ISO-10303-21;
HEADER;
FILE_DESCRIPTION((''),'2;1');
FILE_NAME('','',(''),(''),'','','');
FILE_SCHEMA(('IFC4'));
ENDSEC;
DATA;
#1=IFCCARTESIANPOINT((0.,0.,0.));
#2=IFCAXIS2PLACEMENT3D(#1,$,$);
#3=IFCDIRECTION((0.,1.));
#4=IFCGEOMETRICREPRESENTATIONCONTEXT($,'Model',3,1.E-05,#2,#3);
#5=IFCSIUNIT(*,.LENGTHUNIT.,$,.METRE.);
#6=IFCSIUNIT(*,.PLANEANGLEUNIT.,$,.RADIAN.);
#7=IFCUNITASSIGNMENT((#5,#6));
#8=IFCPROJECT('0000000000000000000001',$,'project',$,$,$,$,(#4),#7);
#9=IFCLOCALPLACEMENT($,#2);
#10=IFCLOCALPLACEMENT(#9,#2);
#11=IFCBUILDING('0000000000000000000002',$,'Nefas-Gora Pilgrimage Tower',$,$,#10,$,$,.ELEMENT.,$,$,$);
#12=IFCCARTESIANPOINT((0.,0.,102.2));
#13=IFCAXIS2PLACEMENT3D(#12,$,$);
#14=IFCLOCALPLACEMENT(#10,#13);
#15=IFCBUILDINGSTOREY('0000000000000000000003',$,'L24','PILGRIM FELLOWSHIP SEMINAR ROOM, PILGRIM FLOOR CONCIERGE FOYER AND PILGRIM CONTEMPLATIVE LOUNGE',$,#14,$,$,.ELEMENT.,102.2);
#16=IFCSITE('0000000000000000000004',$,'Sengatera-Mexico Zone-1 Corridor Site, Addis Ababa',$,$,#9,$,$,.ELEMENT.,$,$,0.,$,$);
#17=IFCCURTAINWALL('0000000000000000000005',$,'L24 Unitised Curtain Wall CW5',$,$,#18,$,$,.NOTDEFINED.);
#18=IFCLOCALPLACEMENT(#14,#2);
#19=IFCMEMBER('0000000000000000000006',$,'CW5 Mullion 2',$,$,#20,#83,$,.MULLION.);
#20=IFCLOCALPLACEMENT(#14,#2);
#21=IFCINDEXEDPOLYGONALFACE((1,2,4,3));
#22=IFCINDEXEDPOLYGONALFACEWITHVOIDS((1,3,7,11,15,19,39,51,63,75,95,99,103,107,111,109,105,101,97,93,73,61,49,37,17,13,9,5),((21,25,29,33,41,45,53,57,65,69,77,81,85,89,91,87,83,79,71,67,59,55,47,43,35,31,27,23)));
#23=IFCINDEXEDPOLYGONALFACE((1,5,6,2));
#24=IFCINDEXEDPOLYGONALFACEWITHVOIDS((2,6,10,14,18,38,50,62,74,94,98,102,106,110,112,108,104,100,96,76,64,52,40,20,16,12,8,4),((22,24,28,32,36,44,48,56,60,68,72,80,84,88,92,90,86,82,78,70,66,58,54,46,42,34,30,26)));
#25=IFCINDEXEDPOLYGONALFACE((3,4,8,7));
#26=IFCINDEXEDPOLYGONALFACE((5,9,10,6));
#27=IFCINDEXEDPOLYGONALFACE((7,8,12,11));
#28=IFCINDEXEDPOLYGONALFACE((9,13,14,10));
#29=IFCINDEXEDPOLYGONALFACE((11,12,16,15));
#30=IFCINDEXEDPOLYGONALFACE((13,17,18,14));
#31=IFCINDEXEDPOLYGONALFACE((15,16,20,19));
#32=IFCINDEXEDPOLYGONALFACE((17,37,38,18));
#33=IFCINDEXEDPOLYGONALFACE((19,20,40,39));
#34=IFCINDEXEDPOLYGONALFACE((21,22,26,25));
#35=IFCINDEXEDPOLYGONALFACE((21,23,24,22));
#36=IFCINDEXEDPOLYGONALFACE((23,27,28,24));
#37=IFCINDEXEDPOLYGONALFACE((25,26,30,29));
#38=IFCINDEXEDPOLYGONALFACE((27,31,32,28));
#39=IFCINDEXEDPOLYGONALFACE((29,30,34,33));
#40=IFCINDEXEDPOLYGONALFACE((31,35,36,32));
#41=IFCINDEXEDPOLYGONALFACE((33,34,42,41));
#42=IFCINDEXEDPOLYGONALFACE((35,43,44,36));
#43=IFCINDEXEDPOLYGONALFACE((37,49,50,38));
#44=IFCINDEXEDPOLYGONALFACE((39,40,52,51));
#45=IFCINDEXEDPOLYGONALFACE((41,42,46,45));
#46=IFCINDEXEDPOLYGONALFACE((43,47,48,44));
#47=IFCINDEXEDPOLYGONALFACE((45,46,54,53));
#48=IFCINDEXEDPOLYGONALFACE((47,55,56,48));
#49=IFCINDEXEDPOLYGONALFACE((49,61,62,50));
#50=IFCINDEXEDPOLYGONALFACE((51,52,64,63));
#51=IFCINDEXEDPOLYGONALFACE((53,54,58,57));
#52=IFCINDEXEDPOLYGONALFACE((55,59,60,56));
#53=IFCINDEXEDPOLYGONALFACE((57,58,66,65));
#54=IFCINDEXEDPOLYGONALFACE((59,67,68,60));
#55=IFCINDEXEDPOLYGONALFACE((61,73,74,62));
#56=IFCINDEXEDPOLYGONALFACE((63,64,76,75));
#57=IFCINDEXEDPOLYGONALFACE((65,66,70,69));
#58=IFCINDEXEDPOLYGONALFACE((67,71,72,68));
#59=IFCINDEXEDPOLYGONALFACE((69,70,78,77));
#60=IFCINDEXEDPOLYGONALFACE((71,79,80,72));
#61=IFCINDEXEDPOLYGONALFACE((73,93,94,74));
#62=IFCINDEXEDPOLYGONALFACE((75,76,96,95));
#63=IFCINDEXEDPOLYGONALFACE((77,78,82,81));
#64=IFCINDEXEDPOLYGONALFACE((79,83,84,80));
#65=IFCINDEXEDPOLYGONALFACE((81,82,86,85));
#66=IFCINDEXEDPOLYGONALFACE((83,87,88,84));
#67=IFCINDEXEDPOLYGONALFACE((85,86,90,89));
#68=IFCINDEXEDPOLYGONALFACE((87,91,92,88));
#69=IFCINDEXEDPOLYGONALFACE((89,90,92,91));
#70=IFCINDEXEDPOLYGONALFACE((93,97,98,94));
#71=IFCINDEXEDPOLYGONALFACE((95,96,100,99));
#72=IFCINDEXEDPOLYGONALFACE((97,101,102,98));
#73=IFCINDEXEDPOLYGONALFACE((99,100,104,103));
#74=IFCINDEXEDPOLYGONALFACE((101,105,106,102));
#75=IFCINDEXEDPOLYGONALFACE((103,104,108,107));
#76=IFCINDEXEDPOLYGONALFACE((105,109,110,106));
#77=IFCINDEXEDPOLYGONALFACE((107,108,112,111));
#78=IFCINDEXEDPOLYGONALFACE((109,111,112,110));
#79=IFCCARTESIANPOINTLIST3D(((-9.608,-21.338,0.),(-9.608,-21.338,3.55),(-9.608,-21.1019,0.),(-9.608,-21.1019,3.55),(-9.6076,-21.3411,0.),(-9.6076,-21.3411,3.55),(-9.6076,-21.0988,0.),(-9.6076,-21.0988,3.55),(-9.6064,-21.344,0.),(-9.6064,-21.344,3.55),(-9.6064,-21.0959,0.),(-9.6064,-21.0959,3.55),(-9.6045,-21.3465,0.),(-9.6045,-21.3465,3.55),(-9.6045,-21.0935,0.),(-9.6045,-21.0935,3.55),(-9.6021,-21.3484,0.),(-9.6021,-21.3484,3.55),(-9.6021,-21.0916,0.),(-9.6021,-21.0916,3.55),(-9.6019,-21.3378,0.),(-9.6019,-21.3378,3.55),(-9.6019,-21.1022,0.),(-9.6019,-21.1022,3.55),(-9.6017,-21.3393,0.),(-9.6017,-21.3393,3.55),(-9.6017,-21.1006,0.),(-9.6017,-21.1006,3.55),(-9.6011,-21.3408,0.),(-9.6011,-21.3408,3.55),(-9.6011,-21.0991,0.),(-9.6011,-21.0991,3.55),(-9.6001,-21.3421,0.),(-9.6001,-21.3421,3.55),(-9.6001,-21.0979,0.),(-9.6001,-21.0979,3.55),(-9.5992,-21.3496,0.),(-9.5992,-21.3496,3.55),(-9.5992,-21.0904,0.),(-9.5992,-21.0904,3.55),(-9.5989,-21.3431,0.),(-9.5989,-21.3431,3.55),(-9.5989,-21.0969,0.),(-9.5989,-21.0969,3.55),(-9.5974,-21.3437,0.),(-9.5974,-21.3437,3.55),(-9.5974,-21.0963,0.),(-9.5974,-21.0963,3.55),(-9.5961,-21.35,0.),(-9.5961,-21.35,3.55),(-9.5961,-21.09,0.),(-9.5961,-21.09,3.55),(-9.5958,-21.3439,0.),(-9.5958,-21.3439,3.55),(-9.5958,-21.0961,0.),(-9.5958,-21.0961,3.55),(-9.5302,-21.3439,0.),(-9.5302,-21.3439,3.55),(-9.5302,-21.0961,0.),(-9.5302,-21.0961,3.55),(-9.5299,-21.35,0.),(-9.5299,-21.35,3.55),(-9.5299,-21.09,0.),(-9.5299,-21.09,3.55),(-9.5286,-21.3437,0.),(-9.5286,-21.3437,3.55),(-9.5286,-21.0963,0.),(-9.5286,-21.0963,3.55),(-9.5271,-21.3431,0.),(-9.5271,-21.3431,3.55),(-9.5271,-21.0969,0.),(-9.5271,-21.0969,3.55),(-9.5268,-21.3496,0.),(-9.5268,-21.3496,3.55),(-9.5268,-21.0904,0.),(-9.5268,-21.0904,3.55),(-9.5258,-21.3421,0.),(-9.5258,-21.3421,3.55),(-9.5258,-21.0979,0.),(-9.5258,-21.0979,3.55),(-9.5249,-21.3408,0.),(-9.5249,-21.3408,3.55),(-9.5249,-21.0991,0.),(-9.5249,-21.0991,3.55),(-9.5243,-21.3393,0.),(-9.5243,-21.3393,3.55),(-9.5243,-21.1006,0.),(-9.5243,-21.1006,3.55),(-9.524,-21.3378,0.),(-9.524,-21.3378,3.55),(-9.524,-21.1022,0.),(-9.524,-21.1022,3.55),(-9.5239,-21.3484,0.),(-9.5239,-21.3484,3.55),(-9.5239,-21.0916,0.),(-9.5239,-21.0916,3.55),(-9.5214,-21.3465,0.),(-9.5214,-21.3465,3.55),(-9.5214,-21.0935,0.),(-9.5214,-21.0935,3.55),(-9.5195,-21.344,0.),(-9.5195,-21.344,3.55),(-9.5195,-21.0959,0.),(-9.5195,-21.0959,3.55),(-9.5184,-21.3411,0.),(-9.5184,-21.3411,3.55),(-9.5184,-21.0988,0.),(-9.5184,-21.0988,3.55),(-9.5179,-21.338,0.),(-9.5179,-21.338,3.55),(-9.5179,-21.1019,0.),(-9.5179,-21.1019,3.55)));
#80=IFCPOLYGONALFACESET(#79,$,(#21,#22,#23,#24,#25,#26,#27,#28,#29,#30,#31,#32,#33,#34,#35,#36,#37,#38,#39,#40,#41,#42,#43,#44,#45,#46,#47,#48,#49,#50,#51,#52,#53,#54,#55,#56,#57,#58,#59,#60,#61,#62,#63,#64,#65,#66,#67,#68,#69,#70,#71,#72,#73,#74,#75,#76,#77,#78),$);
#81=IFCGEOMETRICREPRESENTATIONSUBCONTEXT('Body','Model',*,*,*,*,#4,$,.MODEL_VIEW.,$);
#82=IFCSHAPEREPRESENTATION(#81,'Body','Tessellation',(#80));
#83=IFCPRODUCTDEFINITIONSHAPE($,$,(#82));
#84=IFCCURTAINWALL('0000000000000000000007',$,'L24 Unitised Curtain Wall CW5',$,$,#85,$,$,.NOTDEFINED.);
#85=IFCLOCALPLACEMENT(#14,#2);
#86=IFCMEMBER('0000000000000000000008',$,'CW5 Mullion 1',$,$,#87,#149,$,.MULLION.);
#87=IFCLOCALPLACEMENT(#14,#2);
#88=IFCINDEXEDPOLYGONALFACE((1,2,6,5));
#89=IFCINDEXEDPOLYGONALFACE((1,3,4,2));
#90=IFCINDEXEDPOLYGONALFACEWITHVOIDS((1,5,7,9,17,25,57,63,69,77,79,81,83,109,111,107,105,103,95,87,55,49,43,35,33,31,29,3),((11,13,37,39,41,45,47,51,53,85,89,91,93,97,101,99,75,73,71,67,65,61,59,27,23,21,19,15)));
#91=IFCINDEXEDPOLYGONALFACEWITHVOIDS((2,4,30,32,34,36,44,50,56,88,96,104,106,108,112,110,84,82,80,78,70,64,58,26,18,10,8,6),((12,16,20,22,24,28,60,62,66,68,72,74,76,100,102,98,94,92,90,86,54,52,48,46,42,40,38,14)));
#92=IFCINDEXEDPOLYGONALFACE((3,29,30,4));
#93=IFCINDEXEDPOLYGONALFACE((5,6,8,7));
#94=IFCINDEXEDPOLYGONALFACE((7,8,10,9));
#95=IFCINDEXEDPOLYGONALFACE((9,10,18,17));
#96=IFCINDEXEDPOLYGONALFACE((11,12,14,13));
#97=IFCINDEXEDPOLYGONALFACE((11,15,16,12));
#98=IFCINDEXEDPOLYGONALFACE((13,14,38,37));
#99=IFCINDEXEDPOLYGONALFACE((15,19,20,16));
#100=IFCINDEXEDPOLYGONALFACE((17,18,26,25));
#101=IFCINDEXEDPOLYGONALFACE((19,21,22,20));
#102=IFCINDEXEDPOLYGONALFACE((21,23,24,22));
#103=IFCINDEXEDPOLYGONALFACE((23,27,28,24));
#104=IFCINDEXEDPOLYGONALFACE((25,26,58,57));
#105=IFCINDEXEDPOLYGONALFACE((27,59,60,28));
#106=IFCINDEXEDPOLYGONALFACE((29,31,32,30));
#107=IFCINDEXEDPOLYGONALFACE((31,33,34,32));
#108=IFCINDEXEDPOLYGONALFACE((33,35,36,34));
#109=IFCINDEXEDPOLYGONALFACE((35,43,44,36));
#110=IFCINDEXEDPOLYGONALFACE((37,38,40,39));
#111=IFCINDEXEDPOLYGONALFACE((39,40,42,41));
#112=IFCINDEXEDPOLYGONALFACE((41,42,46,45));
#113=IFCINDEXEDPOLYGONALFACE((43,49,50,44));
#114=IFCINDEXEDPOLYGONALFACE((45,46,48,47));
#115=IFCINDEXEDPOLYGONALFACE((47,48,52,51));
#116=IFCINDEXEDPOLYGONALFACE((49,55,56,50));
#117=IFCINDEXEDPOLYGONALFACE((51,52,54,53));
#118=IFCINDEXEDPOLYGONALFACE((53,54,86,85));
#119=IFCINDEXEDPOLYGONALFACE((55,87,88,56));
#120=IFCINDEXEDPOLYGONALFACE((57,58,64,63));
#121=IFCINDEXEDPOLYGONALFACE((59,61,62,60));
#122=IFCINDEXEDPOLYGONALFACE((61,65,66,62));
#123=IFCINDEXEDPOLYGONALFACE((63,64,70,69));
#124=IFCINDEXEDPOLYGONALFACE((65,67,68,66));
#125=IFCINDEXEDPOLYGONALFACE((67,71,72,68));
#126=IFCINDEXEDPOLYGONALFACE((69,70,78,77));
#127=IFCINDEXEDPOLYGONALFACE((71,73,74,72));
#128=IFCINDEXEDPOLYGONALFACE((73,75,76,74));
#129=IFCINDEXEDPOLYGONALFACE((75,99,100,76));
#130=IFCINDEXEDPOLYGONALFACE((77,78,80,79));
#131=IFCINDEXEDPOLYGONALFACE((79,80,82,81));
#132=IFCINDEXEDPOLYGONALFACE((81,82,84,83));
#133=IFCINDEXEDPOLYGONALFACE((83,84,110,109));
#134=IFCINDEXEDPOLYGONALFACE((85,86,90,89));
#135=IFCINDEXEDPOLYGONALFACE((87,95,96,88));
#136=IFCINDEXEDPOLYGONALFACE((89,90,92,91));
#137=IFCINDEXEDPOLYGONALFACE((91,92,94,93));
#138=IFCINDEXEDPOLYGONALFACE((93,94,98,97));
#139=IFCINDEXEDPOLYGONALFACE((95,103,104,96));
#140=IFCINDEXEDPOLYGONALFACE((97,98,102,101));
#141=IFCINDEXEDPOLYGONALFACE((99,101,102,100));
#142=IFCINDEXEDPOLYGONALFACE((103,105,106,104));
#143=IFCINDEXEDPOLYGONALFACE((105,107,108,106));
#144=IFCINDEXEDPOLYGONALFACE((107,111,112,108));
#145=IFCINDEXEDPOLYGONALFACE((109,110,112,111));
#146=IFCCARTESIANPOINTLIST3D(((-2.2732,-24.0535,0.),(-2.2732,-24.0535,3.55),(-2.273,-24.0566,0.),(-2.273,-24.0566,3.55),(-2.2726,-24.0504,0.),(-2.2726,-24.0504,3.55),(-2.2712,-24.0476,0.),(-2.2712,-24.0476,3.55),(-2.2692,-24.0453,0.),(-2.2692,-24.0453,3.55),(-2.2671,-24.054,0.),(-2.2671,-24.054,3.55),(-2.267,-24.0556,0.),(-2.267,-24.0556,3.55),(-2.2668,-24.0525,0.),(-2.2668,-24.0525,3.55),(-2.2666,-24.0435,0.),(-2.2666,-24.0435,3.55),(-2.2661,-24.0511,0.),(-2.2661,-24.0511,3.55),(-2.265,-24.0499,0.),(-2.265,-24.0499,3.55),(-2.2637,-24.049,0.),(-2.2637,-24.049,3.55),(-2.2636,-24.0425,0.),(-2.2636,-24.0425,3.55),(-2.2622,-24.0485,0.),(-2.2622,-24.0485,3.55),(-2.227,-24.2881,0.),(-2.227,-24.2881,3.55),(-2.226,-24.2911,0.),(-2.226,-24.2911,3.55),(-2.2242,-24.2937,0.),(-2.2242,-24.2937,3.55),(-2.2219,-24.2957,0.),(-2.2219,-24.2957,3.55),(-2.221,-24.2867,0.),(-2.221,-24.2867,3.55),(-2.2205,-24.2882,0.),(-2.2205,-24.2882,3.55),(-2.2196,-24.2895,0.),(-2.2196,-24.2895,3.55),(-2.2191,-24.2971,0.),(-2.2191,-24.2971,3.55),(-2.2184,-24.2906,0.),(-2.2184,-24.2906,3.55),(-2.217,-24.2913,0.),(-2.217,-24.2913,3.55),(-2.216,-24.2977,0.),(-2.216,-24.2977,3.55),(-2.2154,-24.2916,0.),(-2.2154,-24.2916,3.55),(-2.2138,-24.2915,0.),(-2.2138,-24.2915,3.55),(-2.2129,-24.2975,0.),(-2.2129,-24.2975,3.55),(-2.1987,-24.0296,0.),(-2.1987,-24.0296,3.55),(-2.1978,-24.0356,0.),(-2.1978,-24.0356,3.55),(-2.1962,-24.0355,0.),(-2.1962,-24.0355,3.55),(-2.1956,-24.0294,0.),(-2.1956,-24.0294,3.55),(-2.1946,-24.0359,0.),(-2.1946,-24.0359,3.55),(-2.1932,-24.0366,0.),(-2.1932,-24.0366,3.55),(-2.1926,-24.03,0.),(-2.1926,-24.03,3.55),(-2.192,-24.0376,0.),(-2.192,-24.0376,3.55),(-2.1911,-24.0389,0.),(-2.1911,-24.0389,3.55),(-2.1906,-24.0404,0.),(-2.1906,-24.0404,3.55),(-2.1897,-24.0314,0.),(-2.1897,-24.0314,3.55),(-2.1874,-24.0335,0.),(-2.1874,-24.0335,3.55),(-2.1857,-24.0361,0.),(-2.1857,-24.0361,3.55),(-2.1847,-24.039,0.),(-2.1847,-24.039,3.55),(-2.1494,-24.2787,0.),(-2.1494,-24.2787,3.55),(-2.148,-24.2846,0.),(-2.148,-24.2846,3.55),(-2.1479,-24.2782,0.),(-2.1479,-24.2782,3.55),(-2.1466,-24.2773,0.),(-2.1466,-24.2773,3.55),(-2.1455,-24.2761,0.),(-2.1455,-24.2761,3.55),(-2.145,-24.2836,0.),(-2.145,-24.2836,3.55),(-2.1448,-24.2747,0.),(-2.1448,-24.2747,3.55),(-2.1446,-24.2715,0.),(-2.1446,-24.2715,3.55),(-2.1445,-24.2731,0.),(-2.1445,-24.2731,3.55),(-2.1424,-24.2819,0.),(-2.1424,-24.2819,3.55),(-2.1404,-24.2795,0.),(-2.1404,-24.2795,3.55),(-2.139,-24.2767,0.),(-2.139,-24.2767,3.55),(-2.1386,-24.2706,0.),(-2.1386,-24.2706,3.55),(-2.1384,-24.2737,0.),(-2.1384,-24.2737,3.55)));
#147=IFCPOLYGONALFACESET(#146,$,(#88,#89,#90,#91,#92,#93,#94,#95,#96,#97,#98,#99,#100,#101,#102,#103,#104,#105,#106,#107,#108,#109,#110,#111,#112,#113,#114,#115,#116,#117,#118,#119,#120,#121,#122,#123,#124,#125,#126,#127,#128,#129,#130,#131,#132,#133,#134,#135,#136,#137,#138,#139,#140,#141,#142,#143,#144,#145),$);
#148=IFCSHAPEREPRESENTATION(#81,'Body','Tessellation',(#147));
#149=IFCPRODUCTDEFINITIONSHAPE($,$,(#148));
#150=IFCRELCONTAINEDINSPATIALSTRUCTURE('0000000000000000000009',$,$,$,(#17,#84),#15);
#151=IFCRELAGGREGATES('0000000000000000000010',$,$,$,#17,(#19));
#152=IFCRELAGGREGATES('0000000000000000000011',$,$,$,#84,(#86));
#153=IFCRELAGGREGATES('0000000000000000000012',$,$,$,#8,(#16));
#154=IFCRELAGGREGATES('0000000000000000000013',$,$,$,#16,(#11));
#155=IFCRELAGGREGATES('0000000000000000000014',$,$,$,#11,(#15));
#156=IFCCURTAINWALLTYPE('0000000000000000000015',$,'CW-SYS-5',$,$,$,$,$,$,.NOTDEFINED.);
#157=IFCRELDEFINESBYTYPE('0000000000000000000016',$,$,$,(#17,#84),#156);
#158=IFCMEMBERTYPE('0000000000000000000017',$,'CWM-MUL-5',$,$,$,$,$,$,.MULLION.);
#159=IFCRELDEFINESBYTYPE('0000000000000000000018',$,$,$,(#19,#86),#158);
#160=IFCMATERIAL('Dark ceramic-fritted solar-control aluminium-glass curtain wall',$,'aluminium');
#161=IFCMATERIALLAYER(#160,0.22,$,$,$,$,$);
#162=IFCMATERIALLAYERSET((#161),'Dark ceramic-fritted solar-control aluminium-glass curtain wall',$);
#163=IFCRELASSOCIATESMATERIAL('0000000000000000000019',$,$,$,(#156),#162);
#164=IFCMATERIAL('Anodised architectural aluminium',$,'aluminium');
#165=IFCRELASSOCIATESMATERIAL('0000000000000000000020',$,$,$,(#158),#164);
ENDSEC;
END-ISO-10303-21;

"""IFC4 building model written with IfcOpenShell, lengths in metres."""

from ifc_helpers import new_model, si_unit, direction, frame, origin, origin_2d, place, context, subcontext, project, spatial, hollow_rectangle, extrude, source, transform, mapped, material, layer, layer_set, material_profile, profile_set, type_object, element, aggregate, save


model = new_model("IFC4")

# Units and contexts
model_context = context("Model", 3, precision=1e-05, world=origin(), true_north=direction((0.0, 1.0)))
body_context = subcontext(model_context, "Body", "Model", "MODEL_VIEW")
ifc_project = project(units=[si_unit("LENGTHUNIT", "METRE"), si_unit("PLANEANGLEUNIT", "RADIAN")], contexts=[model_context])

# Site, building, storey
site_placement = place(None, origin())
site = spatial("IfcSite", under=ifc_project, at=site_placement, Name="Sengatera-Mexico Zone-1 Corridor Site, Addis Ababa", CompositionType="ELEMENT", RefElevation=0.0)
building_placement = place(site_placement, origin())
building = spatial("IfcBuilding", under=site, at=building_placement, Name="Nefas-Gora Pilgrimage Tower", CompositionType="ELEMENT")
storey_placement = place(building_placement, frame((0.0, 0.0, 102.2)))
storey = spatial("IfcBuildingStorey", under=building, at=storey_placement, Name="L24", Description="PILGRIM FELLOWSHIP SEMINAR ROOM, PILGRIM FLOOR CONCIERGE FOYER AND PILGRIM CONTEMPLATIVE LOUNGE", CompositionType="ELEMENT", Elevation=102.2)

# Curtain wall, member
ifc_material_1 = material(Name="Dark ceramic-fritted solar-control aluminium-glass curtain wall", Category="aluminium")
ifc_layer_1 = layer(ifc_material_1, 0.22)
ifc_layer_set_1 = layer_set([ifc_layer_1], Name="Dark ceramic-fritted solar-control aluminium-glass curtain wall")
curtain_wall_type = type_object("IfcCurtainWallType", Name="CW-SYS-5", PredefinedType="NOTDEFINED", material=ifc_layer_set_1)
curtain_wall_1_placement = place(storey_placement, origin())
curtain_wall_1 = element("IfcCurtainWall", 1, at=curtain_wall_1_placement, inside=storey, type_object=curtain_wall_type, Name="L24 Unitised Curtain Wall CW5", PredefinedType="NOTDEFINED")
ifc_material_2 = material(Name="Anodised architectural aluminium", Category="aluminium")
ifc_material_profile_1 = material_profile(ifc_material_2, hollow_rectangle(XDim=0.0901, YDim=0.26, WallThickness=0.0061, InnerFilletRadius=0.0061, OuterFilletRadius=0.012, at=origin_2d()), Name="ALU MULLION 90x260")
ifc_profile_set_1 = profile_set([ifc_material_profile_1], Name="Anodised architectural aluminium")
member_type_1 = type_object("IfcMemberType", Name="CWM-MUL-5", PredefinedType="MULLION", material=ifc_profile_set_1)
shared_shape_1 = source(origin(), body_context, "Body", "SweptSolid", [
    extrude(hollow_rectangle(XDim=0.0901, YDim=0.26, WallThickness=0.0061, InnerFilletRadius=0.0061, OuterFilletRadius=0.012, at=origin_2d()), origin(), (0.0, 0.0, 1.0), 3.55),
])
member_1_placement = place(storey_placement, frame((-9.563, -21.22, 0.0), z_axis=(0.0, 0.0, 1.0), x_axis=(1.0, 0.0, 0.0)))
member_1 = element("IfcMember", 2, at=member_1_placement, type_object=member_type_1, Name="CW5 Mullion 2", PredefinedType="MULLION", context=body_context, shape_type="MappedRepresentation", body=[
    mapped(shared_shape_1, transform((0.0, 0.0, 0.0), x_axis=(1.0, 0.0, 0.0), y_axis=(0.0, 1.0, 0.0), z_axis=(0.0, 0.0, 1.0), scale=1.0)),
])

# Curtain wall, member
curtain_wall_2_placement = place(storey_placement, origin())
curtain_wall_2 = element("IfcCurtainWall", 3, at=curtain_wall_2_placement, inside=storey, type_object=curtain_wall_type, Name="L24 Unitised Curtain Wall CW5", PredefinedType="NOTDEFINED")
member_2_placement = place(storey_placement, frame((-2.2058, -24.1636, 0.0), z_axis=(0.0, 0.0, 1.0), x_axis=(0.980783, 0.195102, 0.0)))
member_2 = element("IfcMember", 4, at=member_2_placement, type_object=member_type_1, Name="CW5 Mullion 1", PredefinedType="MULLION", context=body_context, shape_type="MappedRepresentation", body=[
    mapped(shared_shape_1, transform((0.0, 0.0, 0.0), x_axis=(1.0, 0.0, 0.0), y_axis=(0.0, 1.0, 0.0), z_axis=(0.0, 0.0, 1.0), scale=1.0)),
])

aggregate(curtain_wall_1, [member_1])
aggregate(curtain_wall_2, [member_2])

save(model, "model.ifc")
